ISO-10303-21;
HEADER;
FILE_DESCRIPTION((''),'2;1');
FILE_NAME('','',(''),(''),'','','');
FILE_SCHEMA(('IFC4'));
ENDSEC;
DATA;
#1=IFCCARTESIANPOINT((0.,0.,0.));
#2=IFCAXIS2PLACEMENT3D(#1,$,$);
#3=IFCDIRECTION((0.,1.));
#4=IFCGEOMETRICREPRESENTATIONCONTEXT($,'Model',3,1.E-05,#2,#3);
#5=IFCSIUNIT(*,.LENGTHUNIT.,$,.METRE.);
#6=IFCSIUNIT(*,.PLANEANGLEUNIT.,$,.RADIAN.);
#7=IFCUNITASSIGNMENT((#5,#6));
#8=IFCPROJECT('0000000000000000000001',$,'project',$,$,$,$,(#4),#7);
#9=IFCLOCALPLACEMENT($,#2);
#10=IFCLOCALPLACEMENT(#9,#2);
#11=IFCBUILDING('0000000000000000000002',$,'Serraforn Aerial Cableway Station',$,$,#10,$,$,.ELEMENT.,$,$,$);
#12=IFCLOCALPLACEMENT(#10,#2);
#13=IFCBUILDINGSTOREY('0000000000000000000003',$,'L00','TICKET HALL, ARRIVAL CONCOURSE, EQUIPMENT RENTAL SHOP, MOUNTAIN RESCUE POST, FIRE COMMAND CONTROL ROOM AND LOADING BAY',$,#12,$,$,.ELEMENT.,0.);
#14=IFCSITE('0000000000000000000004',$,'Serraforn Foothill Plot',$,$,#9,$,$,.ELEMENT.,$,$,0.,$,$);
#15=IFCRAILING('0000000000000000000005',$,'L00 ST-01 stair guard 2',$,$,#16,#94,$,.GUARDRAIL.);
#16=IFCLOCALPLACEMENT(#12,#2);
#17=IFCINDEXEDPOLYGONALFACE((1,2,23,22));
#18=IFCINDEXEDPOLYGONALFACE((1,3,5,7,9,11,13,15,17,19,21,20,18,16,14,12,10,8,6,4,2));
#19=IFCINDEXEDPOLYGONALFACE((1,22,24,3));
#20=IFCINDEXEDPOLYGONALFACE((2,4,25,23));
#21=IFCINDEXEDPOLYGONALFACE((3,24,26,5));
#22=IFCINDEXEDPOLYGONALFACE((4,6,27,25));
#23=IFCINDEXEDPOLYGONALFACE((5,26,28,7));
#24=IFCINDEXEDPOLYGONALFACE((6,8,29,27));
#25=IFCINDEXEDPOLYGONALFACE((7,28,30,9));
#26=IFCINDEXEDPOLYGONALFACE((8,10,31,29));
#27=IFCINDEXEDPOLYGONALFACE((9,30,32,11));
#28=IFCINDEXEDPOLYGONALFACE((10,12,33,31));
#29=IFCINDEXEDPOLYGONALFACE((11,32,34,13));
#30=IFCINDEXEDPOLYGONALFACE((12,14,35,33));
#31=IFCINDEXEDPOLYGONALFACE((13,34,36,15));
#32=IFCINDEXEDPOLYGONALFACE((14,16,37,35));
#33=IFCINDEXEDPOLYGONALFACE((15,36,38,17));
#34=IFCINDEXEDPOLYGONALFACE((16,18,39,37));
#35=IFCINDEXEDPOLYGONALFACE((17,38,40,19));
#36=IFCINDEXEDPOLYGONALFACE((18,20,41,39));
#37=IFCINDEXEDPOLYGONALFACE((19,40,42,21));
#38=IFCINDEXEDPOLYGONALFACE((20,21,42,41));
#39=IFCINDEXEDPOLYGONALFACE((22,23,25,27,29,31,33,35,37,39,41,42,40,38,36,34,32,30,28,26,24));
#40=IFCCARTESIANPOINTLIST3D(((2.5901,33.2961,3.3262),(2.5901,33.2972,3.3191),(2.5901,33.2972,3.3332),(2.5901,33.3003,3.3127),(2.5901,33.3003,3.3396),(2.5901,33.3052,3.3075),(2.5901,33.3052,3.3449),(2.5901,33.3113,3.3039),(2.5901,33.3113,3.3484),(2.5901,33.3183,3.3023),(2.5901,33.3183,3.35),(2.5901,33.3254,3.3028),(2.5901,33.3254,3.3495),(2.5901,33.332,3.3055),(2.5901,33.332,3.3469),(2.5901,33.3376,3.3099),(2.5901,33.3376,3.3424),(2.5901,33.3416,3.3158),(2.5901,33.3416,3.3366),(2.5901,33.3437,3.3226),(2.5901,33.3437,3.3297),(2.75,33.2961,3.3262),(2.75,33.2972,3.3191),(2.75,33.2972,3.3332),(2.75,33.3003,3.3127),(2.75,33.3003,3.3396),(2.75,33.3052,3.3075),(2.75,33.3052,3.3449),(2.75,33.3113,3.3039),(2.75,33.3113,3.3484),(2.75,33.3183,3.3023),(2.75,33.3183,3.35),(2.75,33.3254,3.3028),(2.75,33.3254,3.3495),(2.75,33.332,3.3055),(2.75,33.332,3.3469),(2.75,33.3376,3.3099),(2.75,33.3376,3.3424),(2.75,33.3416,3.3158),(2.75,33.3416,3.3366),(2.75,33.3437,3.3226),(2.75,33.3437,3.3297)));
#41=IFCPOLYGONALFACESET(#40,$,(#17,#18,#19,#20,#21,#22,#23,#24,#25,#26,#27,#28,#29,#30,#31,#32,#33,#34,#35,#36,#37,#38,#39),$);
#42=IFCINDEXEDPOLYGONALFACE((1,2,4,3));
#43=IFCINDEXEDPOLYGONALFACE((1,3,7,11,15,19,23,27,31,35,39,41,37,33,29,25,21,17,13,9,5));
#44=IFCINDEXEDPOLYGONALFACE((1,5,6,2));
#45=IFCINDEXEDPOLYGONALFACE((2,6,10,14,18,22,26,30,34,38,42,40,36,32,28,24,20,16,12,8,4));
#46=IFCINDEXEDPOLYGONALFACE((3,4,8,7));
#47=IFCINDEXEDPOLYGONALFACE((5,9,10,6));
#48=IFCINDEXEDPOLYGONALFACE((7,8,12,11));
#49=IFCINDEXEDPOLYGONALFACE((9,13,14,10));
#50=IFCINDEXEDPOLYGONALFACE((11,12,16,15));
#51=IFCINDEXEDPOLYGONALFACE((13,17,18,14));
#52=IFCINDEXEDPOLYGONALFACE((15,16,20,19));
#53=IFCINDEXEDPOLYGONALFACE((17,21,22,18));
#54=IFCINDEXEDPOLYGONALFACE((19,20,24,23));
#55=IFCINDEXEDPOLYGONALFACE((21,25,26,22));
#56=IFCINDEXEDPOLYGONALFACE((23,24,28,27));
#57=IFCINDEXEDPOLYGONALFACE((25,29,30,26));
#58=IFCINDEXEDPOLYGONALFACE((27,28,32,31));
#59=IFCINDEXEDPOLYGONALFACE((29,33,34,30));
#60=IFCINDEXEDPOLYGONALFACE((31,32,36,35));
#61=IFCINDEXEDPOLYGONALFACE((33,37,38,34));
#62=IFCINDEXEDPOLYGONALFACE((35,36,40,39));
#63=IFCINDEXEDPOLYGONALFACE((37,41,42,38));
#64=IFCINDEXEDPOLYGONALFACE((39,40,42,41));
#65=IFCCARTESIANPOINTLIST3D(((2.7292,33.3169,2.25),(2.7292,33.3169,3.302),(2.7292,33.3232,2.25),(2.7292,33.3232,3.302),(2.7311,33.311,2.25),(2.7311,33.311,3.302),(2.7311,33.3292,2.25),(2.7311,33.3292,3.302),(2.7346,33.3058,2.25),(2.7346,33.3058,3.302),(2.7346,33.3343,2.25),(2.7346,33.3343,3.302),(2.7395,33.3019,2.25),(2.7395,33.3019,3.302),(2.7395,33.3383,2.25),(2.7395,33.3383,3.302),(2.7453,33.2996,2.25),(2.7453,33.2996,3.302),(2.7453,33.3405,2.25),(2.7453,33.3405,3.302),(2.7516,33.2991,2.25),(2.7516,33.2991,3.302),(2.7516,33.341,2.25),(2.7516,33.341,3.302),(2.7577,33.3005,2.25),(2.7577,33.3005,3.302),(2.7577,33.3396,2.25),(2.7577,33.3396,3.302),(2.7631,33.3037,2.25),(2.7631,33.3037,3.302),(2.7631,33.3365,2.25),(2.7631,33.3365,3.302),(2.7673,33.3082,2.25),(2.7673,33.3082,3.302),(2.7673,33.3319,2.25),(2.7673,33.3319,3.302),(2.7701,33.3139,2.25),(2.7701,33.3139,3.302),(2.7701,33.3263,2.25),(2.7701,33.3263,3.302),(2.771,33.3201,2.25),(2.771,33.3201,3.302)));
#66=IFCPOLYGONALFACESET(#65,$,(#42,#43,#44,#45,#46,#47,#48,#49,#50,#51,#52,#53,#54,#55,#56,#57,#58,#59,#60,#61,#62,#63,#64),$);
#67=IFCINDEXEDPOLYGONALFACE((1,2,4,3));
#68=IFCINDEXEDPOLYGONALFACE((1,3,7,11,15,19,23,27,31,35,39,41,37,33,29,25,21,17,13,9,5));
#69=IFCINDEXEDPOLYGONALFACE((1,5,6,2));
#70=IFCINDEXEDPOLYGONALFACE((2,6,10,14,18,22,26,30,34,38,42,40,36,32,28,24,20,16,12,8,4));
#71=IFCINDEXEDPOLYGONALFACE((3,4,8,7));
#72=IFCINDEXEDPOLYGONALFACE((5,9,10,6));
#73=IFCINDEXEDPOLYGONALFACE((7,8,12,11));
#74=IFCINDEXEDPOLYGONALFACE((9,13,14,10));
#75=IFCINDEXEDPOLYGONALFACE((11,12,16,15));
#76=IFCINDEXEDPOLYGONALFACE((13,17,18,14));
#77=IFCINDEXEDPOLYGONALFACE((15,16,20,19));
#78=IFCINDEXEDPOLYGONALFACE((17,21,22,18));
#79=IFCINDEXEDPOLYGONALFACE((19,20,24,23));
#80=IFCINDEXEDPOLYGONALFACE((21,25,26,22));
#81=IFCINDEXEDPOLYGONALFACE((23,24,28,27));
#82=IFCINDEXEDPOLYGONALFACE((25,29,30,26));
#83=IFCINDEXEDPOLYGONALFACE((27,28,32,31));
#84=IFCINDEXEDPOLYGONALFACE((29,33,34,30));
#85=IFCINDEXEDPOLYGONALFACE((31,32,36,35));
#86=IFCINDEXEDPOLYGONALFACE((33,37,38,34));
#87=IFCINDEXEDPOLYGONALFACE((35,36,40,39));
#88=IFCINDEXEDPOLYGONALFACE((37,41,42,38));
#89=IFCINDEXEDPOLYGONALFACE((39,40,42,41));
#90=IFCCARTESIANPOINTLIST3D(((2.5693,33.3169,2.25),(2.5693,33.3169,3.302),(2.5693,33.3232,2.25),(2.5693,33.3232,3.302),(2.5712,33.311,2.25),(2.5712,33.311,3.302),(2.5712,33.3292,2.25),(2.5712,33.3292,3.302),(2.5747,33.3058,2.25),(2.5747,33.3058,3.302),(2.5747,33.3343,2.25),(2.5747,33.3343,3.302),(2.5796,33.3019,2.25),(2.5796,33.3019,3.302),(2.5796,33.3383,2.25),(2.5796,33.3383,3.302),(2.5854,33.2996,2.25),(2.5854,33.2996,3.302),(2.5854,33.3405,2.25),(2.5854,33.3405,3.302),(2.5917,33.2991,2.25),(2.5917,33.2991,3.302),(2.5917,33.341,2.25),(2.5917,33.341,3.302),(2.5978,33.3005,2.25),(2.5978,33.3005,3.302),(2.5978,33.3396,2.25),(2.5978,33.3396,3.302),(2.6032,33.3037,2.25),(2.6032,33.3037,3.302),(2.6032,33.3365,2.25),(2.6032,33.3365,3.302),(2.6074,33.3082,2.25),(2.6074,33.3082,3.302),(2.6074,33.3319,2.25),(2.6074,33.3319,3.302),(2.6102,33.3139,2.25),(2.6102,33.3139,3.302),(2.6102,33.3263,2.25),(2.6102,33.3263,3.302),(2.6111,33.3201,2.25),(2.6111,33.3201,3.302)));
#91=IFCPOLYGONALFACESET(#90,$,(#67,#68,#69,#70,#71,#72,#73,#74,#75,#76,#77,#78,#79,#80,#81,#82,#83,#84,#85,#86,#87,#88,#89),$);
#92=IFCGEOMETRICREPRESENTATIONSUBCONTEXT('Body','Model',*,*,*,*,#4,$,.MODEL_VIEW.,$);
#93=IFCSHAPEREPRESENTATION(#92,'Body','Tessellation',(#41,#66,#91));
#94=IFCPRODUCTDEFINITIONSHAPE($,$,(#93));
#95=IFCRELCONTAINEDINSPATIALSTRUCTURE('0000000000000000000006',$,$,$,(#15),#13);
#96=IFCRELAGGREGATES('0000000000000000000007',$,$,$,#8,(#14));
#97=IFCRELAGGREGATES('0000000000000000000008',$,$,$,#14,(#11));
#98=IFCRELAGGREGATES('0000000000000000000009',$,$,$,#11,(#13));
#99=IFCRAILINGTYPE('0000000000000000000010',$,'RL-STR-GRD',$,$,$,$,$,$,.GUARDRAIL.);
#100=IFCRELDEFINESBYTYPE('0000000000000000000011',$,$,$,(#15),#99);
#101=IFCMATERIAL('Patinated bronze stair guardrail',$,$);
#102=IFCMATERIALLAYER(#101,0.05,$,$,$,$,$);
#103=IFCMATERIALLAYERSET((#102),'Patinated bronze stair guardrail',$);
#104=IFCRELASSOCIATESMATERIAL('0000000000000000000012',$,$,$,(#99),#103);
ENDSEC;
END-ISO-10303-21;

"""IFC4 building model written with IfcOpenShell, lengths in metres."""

from ifc_helpers import new_model, si_unit, direction, frame, origin, origin_2d, place, context, subcontext, project, spatial, circle, extrude, material, layer, layer_set, type_object, element, save


model = new_model("IFC4")

# Units and contexts
model_context = context("Model", 3, precision=1e-05, world=origin(), true_north=direction((0.0, 1.0)))
body_context = subcontext(model_context, "Body", "Model", "MODEL_VIEW")
ifc_project = project(units=[si_unit("LENGTHUNIT", "METRE"), si_unit("PLANEANGLEUNIT", "RADIAN")], contexts=[model_context])

# Site, building, storey
site_placement = place(None, origin())
site = spatial("IfcSite", under=ifc_project, at=site_placement, Name="Serraforn Foothill Plot", CompositionType="ELEMENT", RefElevation=0.0)
building_placement = place(site_placement, origin())
building = spatial("IfcBuilding", under=site, at=building_placement, Name="Serraforn Aerial Cableway Station", CompositionType="ELEMENT")
storey_placement = place(building_placement, origin())
storey = spatial("IfcBuildingStorey", under=building, at=storey_placement, Name="L00", Description="TICKET HALL, ARRIVAL CONCOURSE, EQUIPMENT RENTAL SHOP, MOUNTAIN RESCUE POST, FIRE COMMAND CONTROL ROOM AND LOADING BAY", CompositionType="ELEMENT", Elevation=0.0)

# Railing
ifc_material_1 = material(Name="Patinated bronze stair guardrail")
ifc_layer_1 = layer(ifc_material_1, 0.05)
ifc_layer_set_1 = layer_set([ifc_layer_1], Name="Patinated bronze stair guardrail")
railing_type_1 = type_object("IfcRailingType", Name="RL-STR-GRD", PredefinedType="GUARDRAIL", material=ifc_layer_set_1)
railing_1_placement = place(storey_placement, frame((2.75, 33.3201, 2.25)))
element("IfcRailing", 1, at=railing_1_placement, inside=storey, type_object=railing_type_1, Name="L00 ST-01 stair guard 2", PredefinedType="GUARDRAIL", context=body_context, shape_type="SweptSolid", body=[
    extrude(circle(Radius=0.0239, at=origin_2d()), frame((0.0, 0.0, 1.0762), z_axis=(-1.0, 0.0, 0.0), x_axis=(0.0, -1.0, 0.0)), (0.0, 0.0, 1.0), 0.1599),
    extrude(circle(Radius=0.021, at=origin_2d()), origin(), (0.0, 0.0, 1.0), 1.052),
    extrude(circle(Radius=0.021, at=origin_2d()), frame((-0.1599, 0.0, 0.0)), (0.0, 0.0, 1.0), 1.052),
])

save(model, "model.ifc")
